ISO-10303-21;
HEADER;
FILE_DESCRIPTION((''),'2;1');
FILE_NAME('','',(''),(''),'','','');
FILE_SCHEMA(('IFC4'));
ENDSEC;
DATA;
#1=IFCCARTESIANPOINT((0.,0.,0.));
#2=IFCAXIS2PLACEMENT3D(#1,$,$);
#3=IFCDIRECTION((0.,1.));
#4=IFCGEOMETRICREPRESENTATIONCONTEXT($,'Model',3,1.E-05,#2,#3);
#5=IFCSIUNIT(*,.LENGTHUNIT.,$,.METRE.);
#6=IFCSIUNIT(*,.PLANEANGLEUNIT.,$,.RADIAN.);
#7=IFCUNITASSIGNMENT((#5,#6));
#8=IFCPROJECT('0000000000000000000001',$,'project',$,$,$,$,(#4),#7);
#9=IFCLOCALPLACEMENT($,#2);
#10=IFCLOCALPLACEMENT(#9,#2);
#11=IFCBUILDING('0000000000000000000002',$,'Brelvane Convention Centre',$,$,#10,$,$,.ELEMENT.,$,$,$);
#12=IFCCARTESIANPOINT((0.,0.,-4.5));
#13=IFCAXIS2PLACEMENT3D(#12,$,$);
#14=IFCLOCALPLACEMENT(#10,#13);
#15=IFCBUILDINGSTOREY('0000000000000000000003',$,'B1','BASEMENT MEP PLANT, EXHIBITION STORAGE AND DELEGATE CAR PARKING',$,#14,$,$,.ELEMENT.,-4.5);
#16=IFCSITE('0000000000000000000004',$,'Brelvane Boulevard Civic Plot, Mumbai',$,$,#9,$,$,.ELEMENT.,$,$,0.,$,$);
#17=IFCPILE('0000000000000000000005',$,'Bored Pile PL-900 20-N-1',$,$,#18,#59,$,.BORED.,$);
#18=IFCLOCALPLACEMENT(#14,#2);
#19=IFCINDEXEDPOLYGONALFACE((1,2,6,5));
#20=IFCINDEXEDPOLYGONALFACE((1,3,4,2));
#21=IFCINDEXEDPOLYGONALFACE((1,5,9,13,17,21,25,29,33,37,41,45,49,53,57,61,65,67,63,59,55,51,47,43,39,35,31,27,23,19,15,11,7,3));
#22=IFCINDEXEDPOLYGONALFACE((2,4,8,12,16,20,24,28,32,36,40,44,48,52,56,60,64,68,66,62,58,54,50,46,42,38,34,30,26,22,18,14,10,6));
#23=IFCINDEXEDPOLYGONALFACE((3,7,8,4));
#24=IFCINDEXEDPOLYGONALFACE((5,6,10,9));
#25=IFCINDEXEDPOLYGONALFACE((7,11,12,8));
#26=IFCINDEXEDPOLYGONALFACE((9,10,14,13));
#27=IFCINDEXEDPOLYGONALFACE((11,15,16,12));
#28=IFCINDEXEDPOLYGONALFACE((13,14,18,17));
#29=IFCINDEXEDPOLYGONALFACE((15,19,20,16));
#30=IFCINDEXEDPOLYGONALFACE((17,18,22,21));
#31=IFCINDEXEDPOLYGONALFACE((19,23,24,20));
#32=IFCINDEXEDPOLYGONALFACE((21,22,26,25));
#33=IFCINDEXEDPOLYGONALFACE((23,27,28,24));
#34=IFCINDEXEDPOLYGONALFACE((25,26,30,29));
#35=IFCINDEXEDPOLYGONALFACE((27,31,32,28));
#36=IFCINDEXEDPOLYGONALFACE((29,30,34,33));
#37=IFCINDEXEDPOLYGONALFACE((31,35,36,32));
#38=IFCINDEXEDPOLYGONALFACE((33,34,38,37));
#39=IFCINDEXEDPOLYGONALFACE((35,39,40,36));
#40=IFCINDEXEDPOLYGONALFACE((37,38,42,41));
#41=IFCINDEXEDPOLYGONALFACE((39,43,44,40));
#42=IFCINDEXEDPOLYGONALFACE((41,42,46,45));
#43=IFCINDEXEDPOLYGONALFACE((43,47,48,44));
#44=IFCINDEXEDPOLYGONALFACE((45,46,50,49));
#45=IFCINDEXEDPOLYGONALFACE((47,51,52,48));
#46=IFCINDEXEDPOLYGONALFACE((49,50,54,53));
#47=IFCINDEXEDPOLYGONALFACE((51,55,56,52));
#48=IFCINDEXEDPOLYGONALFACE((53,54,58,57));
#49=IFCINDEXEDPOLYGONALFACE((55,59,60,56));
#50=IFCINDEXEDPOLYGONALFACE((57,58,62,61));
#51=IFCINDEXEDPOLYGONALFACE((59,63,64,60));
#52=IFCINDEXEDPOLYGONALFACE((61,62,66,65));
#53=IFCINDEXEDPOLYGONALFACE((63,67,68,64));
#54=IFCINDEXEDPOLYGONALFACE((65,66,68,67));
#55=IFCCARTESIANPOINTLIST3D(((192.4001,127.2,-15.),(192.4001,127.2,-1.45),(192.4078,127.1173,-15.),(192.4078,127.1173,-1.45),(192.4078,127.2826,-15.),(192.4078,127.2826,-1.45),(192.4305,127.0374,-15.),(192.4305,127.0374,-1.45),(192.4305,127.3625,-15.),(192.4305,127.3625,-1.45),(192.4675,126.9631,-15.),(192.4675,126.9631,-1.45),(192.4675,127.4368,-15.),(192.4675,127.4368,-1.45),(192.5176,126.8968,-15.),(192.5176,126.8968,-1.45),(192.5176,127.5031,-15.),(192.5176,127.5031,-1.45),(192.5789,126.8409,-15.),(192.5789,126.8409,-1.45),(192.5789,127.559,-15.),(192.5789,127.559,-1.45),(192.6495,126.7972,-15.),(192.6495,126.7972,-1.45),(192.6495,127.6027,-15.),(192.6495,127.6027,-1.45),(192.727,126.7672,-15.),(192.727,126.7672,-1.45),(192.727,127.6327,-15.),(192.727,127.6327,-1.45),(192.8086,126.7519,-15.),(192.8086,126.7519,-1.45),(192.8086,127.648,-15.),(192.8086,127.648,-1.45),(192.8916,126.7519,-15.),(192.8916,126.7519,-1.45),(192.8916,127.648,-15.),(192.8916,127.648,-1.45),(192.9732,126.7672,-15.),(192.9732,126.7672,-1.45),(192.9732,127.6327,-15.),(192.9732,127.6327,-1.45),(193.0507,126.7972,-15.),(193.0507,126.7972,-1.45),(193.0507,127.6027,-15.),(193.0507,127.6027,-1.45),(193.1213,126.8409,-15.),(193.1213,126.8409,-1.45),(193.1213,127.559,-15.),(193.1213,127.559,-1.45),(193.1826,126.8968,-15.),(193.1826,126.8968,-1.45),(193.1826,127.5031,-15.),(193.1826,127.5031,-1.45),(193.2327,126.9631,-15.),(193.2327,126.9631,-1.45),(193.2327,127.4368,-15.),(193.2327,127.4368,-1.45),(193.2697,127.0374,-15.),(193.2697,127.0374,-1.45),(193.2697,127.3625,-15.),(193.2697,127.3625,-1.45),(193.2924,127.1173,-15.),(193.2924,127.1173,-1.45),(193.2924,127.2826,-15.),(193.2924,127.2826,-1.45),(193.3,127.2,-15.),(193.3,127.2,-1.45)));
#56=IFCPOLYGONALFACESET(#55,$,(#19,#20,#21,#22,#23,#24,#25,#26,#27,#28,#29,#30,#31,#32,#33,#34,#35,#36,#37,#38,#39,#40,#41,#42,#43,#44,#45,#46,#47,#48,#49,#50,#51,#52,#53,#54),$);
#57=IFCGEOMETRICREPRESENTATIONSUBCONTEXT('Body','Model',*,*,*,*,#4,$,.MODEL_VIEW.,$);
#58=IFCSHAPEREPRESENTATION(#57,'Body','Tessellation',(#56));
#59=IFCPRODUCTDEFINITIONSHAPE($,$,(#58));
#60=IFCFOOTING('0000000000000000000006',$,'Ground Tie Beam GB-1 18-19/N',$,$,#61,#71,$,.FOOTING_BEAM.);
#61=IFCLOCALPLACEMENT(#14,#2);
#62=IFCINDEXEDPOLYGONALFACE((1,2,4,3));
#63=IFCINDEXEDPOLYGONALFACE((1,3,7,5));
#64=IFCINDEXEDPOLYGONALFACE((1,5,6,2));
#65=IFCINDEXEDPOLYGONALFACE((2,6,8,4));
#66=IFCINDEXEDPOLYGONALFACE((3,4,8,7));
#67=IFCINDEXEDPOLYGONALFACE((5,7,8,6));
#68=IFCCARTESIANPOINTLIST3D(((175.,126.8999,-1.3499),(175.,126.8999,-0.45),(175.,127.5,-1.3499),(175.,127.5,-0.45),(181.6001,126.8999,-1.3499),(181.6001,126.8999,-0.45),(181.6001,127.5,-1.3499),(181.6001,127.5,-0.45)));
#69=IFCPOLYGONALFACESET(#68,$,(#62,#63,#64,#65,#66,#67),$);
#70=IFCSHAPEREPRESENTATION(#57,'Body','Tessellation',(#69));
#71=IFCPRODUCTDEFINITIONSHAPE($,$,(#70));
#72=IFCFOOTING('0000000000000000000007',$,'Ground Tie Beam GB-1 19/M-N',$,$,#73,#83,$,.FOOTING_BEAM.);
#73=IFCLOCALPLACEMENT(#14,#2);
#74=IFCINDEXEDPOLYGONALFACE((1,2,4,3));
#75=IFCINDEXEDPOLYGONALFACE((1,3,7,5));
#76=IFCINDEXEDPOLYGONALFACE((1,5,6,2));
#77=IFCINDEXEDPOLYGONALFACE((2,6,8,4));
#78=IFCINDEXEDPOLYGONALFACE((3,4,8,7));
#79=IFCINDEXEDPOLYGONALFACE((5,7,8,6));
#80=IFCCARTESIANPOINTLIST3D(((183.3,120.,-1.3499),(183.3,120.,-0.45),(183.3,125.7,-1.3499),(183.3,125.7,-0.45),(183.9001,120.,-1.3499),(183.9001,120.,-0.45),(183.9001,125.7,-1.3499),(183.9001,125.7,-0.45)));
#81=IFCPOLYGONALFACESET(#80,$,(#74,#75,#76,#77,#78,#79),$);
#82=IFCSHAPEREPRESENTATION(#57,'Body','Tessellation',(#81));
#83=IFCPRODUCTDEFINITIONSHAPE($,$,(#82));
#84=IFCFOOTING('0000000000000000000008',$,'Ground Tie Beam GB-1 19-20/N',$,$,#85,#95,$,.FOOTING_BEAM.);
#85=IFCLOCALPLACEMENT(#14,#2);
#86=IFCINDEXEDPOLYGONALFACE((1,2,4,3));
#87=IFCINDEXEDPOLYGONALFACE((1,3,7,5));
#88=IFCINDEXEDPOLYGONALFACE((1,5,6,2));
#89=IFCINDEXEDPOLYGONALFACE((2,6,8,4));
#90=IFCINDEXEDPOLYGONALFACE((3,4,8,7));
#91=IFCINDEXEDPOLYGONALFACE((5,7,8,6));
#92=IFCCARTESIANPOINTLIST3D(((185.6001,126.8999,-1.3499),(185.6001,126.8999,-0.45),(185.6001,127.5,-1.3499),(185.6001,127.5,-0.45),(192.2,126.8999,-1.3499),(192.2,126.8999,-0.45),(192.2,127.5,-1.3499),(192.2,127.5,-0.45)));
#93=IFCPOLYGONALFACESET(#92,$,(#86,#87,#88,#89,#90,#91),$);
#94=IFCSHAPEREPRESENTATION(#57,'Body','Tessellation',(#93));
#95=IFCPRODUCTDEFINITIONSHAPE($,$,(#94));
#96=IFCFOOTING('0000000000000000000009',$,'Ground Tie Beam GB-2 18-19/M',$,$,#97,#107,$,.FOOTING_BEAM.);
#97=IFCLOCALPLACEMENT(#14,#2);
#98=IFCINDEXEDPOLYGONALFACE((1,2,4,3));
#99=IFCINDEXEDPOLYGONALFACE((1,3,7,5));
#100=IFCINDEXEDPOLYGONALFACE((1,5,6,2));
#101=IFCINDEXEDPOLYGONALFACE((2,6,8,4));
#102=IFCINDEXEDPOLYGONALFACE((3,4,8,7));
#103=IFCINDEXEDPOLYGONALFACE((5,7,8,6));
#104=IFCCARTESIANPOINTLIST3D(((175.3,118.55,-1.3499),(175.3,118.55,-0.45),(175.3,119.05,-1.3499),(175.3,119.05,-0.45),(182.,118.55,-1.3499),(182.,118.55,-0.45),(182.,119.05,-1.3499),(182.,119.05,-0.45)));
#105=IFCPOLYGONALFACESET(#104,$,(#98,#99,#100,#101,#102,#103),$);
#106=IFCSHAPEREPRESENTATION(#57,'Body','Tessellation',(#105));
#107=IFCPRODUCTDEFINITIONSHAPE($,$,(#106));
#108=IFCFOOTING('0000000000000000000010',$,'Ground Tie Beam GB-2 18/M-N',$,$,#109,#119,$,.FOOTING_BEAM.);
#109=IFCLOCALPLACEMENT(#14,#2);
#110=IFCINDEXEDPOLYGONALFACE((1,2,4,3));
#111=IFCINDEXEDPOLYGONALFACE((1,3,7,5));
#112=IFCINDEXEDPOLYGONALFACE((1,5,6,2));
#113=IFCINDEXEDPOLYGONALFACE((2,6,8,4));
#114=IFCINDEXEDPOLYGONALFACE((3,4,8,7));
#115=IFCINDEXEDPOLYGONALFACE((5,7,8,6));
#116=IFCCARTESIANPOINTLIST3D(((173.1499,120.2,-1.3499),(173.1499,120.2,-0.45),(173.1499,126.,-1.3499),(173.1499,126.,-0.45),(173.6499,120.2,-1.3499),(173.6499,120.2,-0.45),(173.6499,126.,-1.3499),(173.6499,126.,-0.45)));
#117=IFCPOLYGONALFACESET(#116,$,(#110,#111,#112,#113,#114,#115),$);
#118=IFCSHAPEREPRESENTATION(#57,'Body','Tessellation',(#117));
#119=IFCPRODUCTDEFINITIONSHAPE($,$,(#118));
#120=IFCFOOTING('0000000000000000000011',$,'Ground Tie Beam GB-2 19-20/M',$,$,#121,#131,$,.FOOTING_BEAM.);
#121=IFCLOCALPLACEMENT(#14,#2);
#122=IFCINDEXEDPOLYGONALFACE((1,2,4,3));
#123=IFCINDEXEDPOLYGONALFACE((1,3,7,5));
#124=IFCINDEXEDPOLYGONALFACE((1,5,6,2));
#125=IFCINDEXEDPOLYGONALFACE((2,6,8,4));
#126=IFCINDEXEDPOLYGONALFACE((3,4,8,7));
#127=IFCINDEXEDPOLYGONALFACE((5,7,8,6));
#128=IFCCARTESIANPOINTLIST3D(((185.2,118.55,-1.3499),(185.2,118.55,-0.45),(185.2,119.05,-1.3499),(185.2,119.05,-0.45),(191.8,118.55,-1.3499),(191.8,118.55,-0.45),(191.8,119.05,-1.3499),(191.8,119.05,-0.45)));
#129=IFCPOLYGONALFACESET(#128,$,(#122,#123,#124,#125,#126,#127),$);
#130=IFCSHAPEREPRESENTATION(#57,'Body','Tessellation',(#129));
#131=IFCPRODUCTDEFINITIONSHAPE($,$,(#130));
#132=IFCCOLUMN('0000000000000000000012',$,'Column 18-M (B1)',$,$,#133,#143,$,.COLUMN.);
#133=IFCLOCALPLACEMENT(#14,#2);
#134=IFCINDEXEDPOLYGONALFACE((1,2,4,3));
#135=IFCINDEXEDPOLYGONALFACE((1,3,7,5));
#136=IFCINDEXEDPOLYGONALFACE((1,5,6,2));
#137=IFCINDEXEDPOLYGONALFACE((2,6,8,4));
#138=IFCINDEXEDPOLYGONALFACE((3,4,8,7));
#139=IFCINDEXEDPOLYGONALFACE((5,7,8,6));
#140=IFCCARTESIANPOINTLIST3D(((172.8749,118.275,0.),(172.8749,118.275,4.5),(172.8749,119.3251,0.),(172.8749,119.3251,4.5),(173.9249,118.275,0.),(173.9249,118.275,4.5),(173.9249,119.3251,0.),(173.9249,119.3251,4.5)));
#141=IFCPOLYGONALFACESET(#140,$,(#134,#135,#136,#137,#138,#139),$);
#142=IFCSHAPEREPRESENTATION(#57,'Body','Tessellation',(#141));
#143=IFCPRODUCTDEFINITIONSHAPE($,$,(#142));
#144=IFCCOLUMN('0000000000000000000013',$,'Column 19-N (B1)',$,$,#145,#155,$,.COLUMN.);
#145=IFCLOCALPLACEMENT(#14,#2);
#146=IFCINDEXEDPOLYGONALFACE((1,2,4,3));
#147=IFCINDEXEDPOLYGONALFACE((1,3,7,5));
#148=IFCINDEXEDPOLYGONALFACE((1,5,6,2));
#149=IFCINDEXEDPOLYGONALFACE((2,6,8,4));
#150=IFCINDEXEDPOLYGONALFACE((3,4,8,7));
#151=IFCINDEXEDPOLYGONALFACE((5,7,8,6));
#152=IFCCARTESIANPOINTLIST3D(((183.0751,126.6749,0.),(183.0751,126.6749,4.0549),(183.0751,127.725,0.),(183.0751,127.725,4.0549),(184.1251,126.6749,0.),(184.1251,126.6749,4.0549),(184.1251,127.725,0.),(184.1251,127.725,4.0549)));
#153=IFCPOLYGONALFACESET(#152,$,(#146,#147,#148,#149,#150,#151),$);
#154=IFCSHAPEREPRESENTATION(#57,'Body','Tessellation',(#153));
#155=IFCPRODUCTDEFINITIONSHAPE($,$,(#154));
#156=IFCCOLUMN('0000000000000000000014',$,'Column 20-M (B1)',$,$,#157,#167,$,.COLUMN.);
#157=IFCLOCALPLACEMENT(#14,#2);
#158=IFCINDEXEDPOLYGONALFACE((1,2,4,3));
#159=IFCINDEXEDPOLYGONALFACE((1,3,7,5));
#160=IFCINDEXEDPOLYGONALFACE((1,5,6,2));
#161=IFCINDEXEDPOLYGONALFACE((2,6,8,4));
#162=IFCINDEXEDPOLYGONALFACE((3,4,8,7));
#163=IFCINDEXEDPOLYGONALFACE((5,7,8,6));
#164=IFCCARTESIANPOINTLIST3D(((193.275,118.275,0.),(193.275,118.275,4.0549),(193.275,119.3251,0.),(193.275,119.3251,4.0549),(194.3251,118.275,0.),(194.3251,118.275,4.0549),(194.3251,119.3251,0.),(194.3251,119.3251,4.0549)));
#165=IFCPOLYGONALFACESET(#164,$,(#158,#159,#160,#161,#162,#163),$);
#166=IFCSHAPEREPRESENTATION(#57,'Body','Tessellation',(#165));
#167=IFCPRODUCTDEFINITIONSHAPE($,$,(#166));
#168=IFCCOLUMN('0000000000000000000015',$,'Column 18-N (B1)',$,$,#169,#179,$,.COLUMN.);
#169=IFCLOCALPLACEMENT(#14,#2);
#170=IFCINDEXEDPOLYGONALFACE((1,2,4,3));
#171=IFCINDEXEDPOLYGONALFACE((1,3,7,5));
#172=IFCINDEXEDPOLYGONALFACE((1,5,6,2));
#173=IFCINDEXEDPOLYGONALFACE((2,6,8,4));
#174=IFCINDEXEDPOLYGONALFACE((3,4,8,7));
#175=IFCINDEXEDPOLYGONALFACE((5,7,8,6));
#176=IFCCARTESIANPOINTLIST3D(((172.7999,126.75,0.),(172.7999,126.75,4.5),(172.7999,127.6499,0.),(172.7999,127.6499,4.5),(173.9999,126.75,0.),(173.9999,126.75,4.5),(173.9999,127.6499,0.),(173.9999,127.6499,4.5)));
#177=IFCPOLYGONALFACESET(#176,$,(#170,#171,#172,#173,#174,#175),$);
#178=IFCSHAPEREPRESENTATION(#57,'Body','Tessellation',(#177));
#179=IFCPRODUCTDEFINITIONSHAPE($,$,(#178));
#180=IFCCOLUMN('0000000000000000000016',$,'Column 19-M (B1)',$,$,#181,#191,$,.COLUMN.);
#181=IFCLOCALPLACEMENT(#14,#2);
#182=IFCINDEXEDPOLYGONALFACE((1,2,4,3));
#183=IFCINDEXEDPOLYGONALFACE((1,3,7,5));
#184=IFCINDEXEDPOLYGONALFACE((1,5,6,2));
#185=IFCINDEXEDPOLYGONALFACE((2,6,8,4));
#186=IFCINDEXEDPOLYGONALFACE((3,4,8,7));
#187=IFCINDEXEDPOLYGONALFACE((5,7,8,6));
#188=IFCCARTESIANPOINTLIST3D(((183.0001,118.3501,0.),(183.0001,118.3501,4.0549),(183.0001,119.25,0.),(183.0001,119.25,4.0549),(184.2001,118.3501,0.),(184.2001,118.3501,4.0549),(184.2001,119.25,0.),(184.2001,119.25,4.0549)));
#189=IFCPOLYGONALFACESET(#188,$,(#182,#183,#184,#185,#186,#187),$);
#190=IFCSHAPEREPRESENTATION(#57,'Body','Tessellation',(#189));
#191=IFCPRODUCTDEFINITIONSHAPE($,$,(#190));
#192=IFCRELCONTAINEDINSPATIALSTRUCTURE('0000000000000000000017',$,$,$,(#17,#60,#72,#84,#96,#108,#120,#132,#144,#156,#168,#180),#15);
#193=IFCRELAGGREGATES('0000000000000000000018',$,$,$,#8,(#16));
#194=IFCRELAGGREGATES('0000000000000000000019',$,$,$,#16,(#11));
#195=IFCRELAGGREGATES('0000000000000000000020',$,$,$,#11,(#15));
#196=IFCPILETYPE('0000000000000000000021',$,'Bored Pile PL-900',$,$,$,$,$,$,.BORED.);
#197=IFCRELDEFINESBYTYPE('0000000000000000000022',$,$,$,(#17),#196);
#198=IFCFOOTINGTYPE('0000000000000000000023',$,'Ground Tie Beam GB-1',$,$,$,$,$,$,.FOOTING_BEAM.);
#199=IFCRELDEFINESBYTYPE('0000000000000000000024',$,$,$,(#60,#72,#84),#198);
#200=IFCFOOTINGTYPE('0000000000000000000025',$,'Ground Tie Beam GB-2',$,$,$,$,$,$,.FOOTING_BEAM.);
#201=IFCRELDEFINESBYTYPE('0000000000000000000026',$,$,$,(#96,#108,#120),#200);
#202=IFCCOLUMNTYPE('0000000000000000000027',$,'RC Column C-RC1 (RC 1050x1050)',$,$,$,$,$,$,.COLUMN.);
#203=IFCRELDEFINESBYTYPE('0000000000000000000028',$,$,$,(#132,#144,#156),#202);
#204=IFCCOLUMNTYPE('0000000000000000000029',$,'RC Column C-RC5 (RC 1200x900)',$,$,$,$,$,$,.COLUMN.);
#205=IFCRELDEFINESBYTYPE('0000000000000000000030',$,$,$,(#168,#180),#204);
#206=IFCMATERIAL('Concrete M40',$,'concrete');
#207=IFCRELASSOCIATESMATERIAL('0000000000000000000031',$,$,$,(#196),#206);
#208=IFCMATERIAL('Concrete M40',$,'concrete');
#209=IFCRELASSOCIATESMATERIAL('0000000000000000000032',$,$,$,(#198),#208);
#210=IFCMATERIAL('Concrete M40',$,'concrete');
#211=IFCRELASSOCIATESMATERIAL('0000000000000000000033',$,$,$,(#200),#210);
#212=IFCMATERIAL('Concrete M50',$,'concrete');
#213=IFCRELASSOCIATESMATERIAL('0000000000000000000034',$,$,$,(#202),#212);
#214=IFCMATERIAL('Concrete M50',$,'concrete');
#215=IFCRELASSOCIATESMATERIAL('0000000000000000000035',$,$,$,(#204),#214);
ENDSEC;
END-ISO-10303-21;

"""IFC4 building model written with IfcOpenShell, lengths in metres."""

from ifc_helpers import new_model, si_unit, direction, frame, origin, origin_2d, place, context, subcontext, project, spatial, rectangle, circle, extrude, material, material_profile, profile_set, type_object, element, save


model = new_model("IFC4")

# Units and contexts
model_context = context("Model", 3, precision=1e-05, world=origin(), true_north=direction((0.0, 1.0)))
body_context = subcontext(model_context, "Body", "Model", "MODEL_VIEW")
ifc_project = project(units=[si_unit("LENGTHUNIT", "METRE"), si_unit("PLANEANGLEUNIT", "RADIAN")], contexts=[model_context])

# Site, building, storey
site_placement = place(None, origin())
site = spatial("IfcSite", under=ifc_project, at=site_placement, Name="Brelvane Boulevard Civic Plot, Mumbai", CompositionType="ELEMENT", RefElevation=0.0)
building_placement = place(site_placement, origin())
building = spatial("IfcBuilding", under=site, at=building_placement, Name="Brelvane Convention Centre", CompositionType="ELEMENT")
storey_placement = place(building_placement, frame((0.0, 0.0, -4.5)))
storey = spatial("IfcBuildingStorey", under=building, at=storey_placement, Name="B1", Description="BASEMENT MEP PLANT, EXHIBITION STORAGE AND DELEGATE CAR PARKING", CompositionType="ELEMENT", Elevation=-4.5)

# Pile
ifc_material_1 = material(Name="Concrete M40", Category="concrete")
ifc_material_profile_1 = material_profile(ifc_material_1, circle(Radius=0.45, at=origin_2d()), Name="PILE D900")
ifc_profile_set_1 = profile_set([ifc_material_profile_1], Name="Concrete M40")
pile_type = type_object("IfcPileType", Name="Bored Pile PL-900", PredefinedType="BORED", material=ifc_profile_set_1)
pile_1_placement = place(storey_placement, frame((192.8501, 127.2, -1.45), z_axis=(0.0, 0.0, -1.0), x_axis=(1.0, 0.0, 0.0)))
element("IfcPile", 1, at=pile_1_placement, inside=storey, type_object=pile_type, Name="Bored Pile PL-900 20-N-1", PredefinedType="BORED", context=body_context, shape_type="SweptSolid", body=[
    extrude(circle(Radius=0.45, at=origin_2d()), origin(), (0.0, 0.0, 1.0), 13.55),
])

# Footings
ifc_material_2 = material(Name="Concrete M40", Category="concrete")
ifc_material_profile_2 = material_profile(ifc_material_2, rectangle(XDim=0.6001, YDim=0.8999, at=origin_2d()), Name="RC 600x900")
ifc_profile_set_2 = profile_set([ifc_material_profile_2], Name="Concrete M40")
footing_type_1 = type_object("IfcFootingType", Name="Ground Tie Beam GB-1", PredefinedType="FOOTING_BEAM", material=ifc_profile_set_2)
footing_1_placement = place(storey_placement, frame((175.0, 127.2, -0.8999), z_axis=(1.0, 0.0, 0.0), x_axis=(0.0, 1.0, 0.0)))
element("IfcFooting", 2, at=footing_1_placement, inside=storey, type_object=footing_type_1, Name="Ground Tie Beam GB-1 18-19/N", PredefinedType="FOOTING_BEAM", context=body_context, shape_type="SweptSolid", body=[
    extrude(rectangle(XDim=0.6001, YDim=0.8999, at=origin_2d()), origin(), (0.0, 0.0, 1.0), 6.6001),
])
footing_2_placement = place(storey_placement, frame((183.6001, 120.0, -0.8999), z_axis=(0.0, 1.0, 0.0), x_axis=(-1.0, 0.0, 0.0)))
element("IfcFooting", 3, at=footing_2_placement, inside=storey, type_object=footing_type_1, Name="Ground Tie Beam GB-1 19/M-N", PredefinedType="FOOTING_BEAM", context=body_context, shape_type="SweptSolid", body=[
    extrude(rectangle(XDim=0.6001, YDim=0.8999, at=origin_2d()), origin(), (0.0, 0.0, 1.0), 5.7),
])
footing_3_placement = place(storey_placement, frame((185.6001, 127.2, -0.8999), z_axis=(1.0, 0.0, 0.0), x_axis=(0.0, 1.0, 0.0)))
element("IfcFooting", 4, at=footing_3_placement, inside=storey, type_object=footing_type_1, Name="Ground Tie Beam GB-1 19-20/N", PredefinedType="FOOTING_BEAM", context=body_context, shape_type="SweptSolid", body=[
    extrude(rectangle(XDim=0.6001, YDim=0.8999, at=origin_2d()), origin(), (0.0, 0.0, 1.0), 6.5999),
])
ifc_material_3 = material(Name="Concrete M40", Category="concrete")
ifc_material_profile_3 = material_profile(ifc_material_3, rectangle(XDim=0.5, YDim=0.8999, at=origin_2d()), Name="RC 500x900")
ifc_profile_set_3 = profile_set([ifc_material_profile_3], Name="Concrete M40")
footing_type_2 = type_object("IfcFootingType", Name="Ground Tie Beam GB-2", PredefinedType="FOOTING_BEAM", material=ifc_profile_set_3)
footing_4_placement = place(storey_placement, frame((175.3, 118.8, -0.8999), z_axis=(1.0, 0.0, 0.0), x_axis=(0.0, 1.0, 0.0)))
element("IfcFooting", 5, at=footing_4_placement, inside=storey, type_object=footing_type_2, Name="Ground Tie Beam GB-2 18-19/M", PredefinedType="FOOTING_BEAM", context=body_context, shape_type="SweptSolid", body=[
    extrude(rectangle(XDim=0.5, YDim=0.8999, at=origin_2d()), origin(), (0.0, 0.0, 1.0), 6.7),
])
footing_5_placement = place(storey_placement, frame((173.3999, 120.2, -0.8999), z_axis=(0.0, 1.0, 0.0), x_axis=(-1.0, 0.0, 0.0)))
element("IfcFooting", 6, at=footing_5_placement, inside=storey, type_object=footing_type_2, Name="Ground Tie Beam GB-2 18/M-N", PredefinedType="FOOTING_BEAM", context=body_context, shape_type="SweptSolid", body=[
    extrude(rectangle(XDim=0.5, YDim=0.8999, at=origin_2d()), origin(), (0.0, 0.0, 1.0), 5.8),
])
footing_6_placement = place(storey_placement, frame((185.2, 118.8, -0.8999), z_axis=(1.0, 0.0, 0.0), x_axis=(0.0, 1.0, 0.0)))
element("IfcFooting", 7, at=footing_6_placement, inside=storey, type_object=footing_type_2, Name="Ground Tie Beam GB-2 19-20/M", PredefinedType="FOOTING_BEAM", context=body_context, shape_type="SweptSolid", body=[
    extrude(rectangle(XDim=0.5, YDim=0.8999, at=origin_2d()), origin(), (0.0, 0.0, 1.0), 6.6001),
])

# Columns
ifc_material_4 = material(Name="Concrete M50", Category="concrete")
ifc_material_profile_4 = material_profile(ifc_material_4, rectangle(XDim=1.05, YDim=1.05, at=origin_2d()), Name="RC 1050x1050")
ifc_profile_set_4 = profile_set([ifc_material_profile_4], Name="Concrete M50")
column_type_1 = type_object("IfcColumnType", Name="RC Column C-RC1 (RC 1050x1050)", PredefinedType="COLUMN", material=ifc_profile_set_4)
column_1_placement = place(storey_placement, frame((173.3999, 118.8, 0.0), z_axis=(0.0, 0.0, 1.0), x_axis=(1.0, 0.0, 0.0)))
element("IfcColumn", 8, at=column_1_placement, inside=storey, type_object=column_type_1, Name="Column 18-M (B1)", PredefinedType="COLUMN", context=body_context, shape_type="SweptSolid", body=[
    extrude(rectangle(XDim=1.05, YDim=1.05, at=origin_2d()), origin(), (0.0, 0.0, 1.0), 4.5),
])
for number, where, z_axis, x_axis, name in (
    (9, (183.6001, 127.2, 0.0), (0.0, 0.0, 1.0), (1.0, 0.0, 0.0), "Column 19-N (B1)"),
    (10, (193.8, 118.8, 0.0), (0.0, 0.0, 1.0), (1.0, 0.0, 0.0), "Column 20-M (B1)"),
):
    element("IfcColumn", number, at=place(storey_placement, frame(where, z_axis=z_axis, x_axis=x_axis)), inside=storey, type_object=column_type_1, Name=name, PredefinedType="COLUMN", context=body_context, shape_type="SweptSolid", body=[
        extrude(rectangle(XDim=1.05, YDim=1.05, at=origin_2d()), origin(), (0.0, 0.0, 1.0), 4.0549),
    ])
ifc_material_5 = material(Name="Concrete M50", Category="concrete")
ifc_material_profile_5 = material_profile(ifc_material_5, rectangle(XDim=1.2, YDim=0.8999, at=origin_2d()), Name="RC 1200x900")
ifc_profile_set_5 = profile_set([ifc_material_profile_5], Name="Concrete M50")
column_type_2 = type_object("IfcColumnType", Name="RC Column C-RC5 (RC 1200x900)", PredefinedType="COLUMN", material=ifc_profile_set_5)
column_2_placement = place(storey_placement, frame((173.3999, 127.2, 0.0), z_axis=(0.0, 0.0, 1.0), x_axis=(1.0, 0.0, 0.0)))
element("IfcColumn", 11, at=column_2_placement, inside=storey, type_object=column_type_2, Name="Column 18-N (B1)", PredefinedType="COLUMN", context=body_context, shape_type="SweptSolid", body=[
    extrude(rectangle(XDim=1.2, YDim=0.8999, at=origin_2d()), origin(), (0.0, 0.0, 1.0), 4.5),
])
column_3_placement = place(storey_placement, frame((183.6001, 118.8, 0.0), z_axis=(0.0, 0.0, 1.0), x_axis=(1.0, 0.0, 0.0)))
element("IfcColumn", 12, at=column_3_placement, inside=storey, type_object=column_type_2, Name="Column 19-M (B1)", PredefinedType="COLUMN", context=body_context, shape_type="SweptSolid", body=[
    extrude(rectangle(XDim=1.2, YDim=0.8999, at=origin_2d()), origin(), (0.0, 0.0, 1.0), 4.0549),
])

save(model, "model.ifc")
